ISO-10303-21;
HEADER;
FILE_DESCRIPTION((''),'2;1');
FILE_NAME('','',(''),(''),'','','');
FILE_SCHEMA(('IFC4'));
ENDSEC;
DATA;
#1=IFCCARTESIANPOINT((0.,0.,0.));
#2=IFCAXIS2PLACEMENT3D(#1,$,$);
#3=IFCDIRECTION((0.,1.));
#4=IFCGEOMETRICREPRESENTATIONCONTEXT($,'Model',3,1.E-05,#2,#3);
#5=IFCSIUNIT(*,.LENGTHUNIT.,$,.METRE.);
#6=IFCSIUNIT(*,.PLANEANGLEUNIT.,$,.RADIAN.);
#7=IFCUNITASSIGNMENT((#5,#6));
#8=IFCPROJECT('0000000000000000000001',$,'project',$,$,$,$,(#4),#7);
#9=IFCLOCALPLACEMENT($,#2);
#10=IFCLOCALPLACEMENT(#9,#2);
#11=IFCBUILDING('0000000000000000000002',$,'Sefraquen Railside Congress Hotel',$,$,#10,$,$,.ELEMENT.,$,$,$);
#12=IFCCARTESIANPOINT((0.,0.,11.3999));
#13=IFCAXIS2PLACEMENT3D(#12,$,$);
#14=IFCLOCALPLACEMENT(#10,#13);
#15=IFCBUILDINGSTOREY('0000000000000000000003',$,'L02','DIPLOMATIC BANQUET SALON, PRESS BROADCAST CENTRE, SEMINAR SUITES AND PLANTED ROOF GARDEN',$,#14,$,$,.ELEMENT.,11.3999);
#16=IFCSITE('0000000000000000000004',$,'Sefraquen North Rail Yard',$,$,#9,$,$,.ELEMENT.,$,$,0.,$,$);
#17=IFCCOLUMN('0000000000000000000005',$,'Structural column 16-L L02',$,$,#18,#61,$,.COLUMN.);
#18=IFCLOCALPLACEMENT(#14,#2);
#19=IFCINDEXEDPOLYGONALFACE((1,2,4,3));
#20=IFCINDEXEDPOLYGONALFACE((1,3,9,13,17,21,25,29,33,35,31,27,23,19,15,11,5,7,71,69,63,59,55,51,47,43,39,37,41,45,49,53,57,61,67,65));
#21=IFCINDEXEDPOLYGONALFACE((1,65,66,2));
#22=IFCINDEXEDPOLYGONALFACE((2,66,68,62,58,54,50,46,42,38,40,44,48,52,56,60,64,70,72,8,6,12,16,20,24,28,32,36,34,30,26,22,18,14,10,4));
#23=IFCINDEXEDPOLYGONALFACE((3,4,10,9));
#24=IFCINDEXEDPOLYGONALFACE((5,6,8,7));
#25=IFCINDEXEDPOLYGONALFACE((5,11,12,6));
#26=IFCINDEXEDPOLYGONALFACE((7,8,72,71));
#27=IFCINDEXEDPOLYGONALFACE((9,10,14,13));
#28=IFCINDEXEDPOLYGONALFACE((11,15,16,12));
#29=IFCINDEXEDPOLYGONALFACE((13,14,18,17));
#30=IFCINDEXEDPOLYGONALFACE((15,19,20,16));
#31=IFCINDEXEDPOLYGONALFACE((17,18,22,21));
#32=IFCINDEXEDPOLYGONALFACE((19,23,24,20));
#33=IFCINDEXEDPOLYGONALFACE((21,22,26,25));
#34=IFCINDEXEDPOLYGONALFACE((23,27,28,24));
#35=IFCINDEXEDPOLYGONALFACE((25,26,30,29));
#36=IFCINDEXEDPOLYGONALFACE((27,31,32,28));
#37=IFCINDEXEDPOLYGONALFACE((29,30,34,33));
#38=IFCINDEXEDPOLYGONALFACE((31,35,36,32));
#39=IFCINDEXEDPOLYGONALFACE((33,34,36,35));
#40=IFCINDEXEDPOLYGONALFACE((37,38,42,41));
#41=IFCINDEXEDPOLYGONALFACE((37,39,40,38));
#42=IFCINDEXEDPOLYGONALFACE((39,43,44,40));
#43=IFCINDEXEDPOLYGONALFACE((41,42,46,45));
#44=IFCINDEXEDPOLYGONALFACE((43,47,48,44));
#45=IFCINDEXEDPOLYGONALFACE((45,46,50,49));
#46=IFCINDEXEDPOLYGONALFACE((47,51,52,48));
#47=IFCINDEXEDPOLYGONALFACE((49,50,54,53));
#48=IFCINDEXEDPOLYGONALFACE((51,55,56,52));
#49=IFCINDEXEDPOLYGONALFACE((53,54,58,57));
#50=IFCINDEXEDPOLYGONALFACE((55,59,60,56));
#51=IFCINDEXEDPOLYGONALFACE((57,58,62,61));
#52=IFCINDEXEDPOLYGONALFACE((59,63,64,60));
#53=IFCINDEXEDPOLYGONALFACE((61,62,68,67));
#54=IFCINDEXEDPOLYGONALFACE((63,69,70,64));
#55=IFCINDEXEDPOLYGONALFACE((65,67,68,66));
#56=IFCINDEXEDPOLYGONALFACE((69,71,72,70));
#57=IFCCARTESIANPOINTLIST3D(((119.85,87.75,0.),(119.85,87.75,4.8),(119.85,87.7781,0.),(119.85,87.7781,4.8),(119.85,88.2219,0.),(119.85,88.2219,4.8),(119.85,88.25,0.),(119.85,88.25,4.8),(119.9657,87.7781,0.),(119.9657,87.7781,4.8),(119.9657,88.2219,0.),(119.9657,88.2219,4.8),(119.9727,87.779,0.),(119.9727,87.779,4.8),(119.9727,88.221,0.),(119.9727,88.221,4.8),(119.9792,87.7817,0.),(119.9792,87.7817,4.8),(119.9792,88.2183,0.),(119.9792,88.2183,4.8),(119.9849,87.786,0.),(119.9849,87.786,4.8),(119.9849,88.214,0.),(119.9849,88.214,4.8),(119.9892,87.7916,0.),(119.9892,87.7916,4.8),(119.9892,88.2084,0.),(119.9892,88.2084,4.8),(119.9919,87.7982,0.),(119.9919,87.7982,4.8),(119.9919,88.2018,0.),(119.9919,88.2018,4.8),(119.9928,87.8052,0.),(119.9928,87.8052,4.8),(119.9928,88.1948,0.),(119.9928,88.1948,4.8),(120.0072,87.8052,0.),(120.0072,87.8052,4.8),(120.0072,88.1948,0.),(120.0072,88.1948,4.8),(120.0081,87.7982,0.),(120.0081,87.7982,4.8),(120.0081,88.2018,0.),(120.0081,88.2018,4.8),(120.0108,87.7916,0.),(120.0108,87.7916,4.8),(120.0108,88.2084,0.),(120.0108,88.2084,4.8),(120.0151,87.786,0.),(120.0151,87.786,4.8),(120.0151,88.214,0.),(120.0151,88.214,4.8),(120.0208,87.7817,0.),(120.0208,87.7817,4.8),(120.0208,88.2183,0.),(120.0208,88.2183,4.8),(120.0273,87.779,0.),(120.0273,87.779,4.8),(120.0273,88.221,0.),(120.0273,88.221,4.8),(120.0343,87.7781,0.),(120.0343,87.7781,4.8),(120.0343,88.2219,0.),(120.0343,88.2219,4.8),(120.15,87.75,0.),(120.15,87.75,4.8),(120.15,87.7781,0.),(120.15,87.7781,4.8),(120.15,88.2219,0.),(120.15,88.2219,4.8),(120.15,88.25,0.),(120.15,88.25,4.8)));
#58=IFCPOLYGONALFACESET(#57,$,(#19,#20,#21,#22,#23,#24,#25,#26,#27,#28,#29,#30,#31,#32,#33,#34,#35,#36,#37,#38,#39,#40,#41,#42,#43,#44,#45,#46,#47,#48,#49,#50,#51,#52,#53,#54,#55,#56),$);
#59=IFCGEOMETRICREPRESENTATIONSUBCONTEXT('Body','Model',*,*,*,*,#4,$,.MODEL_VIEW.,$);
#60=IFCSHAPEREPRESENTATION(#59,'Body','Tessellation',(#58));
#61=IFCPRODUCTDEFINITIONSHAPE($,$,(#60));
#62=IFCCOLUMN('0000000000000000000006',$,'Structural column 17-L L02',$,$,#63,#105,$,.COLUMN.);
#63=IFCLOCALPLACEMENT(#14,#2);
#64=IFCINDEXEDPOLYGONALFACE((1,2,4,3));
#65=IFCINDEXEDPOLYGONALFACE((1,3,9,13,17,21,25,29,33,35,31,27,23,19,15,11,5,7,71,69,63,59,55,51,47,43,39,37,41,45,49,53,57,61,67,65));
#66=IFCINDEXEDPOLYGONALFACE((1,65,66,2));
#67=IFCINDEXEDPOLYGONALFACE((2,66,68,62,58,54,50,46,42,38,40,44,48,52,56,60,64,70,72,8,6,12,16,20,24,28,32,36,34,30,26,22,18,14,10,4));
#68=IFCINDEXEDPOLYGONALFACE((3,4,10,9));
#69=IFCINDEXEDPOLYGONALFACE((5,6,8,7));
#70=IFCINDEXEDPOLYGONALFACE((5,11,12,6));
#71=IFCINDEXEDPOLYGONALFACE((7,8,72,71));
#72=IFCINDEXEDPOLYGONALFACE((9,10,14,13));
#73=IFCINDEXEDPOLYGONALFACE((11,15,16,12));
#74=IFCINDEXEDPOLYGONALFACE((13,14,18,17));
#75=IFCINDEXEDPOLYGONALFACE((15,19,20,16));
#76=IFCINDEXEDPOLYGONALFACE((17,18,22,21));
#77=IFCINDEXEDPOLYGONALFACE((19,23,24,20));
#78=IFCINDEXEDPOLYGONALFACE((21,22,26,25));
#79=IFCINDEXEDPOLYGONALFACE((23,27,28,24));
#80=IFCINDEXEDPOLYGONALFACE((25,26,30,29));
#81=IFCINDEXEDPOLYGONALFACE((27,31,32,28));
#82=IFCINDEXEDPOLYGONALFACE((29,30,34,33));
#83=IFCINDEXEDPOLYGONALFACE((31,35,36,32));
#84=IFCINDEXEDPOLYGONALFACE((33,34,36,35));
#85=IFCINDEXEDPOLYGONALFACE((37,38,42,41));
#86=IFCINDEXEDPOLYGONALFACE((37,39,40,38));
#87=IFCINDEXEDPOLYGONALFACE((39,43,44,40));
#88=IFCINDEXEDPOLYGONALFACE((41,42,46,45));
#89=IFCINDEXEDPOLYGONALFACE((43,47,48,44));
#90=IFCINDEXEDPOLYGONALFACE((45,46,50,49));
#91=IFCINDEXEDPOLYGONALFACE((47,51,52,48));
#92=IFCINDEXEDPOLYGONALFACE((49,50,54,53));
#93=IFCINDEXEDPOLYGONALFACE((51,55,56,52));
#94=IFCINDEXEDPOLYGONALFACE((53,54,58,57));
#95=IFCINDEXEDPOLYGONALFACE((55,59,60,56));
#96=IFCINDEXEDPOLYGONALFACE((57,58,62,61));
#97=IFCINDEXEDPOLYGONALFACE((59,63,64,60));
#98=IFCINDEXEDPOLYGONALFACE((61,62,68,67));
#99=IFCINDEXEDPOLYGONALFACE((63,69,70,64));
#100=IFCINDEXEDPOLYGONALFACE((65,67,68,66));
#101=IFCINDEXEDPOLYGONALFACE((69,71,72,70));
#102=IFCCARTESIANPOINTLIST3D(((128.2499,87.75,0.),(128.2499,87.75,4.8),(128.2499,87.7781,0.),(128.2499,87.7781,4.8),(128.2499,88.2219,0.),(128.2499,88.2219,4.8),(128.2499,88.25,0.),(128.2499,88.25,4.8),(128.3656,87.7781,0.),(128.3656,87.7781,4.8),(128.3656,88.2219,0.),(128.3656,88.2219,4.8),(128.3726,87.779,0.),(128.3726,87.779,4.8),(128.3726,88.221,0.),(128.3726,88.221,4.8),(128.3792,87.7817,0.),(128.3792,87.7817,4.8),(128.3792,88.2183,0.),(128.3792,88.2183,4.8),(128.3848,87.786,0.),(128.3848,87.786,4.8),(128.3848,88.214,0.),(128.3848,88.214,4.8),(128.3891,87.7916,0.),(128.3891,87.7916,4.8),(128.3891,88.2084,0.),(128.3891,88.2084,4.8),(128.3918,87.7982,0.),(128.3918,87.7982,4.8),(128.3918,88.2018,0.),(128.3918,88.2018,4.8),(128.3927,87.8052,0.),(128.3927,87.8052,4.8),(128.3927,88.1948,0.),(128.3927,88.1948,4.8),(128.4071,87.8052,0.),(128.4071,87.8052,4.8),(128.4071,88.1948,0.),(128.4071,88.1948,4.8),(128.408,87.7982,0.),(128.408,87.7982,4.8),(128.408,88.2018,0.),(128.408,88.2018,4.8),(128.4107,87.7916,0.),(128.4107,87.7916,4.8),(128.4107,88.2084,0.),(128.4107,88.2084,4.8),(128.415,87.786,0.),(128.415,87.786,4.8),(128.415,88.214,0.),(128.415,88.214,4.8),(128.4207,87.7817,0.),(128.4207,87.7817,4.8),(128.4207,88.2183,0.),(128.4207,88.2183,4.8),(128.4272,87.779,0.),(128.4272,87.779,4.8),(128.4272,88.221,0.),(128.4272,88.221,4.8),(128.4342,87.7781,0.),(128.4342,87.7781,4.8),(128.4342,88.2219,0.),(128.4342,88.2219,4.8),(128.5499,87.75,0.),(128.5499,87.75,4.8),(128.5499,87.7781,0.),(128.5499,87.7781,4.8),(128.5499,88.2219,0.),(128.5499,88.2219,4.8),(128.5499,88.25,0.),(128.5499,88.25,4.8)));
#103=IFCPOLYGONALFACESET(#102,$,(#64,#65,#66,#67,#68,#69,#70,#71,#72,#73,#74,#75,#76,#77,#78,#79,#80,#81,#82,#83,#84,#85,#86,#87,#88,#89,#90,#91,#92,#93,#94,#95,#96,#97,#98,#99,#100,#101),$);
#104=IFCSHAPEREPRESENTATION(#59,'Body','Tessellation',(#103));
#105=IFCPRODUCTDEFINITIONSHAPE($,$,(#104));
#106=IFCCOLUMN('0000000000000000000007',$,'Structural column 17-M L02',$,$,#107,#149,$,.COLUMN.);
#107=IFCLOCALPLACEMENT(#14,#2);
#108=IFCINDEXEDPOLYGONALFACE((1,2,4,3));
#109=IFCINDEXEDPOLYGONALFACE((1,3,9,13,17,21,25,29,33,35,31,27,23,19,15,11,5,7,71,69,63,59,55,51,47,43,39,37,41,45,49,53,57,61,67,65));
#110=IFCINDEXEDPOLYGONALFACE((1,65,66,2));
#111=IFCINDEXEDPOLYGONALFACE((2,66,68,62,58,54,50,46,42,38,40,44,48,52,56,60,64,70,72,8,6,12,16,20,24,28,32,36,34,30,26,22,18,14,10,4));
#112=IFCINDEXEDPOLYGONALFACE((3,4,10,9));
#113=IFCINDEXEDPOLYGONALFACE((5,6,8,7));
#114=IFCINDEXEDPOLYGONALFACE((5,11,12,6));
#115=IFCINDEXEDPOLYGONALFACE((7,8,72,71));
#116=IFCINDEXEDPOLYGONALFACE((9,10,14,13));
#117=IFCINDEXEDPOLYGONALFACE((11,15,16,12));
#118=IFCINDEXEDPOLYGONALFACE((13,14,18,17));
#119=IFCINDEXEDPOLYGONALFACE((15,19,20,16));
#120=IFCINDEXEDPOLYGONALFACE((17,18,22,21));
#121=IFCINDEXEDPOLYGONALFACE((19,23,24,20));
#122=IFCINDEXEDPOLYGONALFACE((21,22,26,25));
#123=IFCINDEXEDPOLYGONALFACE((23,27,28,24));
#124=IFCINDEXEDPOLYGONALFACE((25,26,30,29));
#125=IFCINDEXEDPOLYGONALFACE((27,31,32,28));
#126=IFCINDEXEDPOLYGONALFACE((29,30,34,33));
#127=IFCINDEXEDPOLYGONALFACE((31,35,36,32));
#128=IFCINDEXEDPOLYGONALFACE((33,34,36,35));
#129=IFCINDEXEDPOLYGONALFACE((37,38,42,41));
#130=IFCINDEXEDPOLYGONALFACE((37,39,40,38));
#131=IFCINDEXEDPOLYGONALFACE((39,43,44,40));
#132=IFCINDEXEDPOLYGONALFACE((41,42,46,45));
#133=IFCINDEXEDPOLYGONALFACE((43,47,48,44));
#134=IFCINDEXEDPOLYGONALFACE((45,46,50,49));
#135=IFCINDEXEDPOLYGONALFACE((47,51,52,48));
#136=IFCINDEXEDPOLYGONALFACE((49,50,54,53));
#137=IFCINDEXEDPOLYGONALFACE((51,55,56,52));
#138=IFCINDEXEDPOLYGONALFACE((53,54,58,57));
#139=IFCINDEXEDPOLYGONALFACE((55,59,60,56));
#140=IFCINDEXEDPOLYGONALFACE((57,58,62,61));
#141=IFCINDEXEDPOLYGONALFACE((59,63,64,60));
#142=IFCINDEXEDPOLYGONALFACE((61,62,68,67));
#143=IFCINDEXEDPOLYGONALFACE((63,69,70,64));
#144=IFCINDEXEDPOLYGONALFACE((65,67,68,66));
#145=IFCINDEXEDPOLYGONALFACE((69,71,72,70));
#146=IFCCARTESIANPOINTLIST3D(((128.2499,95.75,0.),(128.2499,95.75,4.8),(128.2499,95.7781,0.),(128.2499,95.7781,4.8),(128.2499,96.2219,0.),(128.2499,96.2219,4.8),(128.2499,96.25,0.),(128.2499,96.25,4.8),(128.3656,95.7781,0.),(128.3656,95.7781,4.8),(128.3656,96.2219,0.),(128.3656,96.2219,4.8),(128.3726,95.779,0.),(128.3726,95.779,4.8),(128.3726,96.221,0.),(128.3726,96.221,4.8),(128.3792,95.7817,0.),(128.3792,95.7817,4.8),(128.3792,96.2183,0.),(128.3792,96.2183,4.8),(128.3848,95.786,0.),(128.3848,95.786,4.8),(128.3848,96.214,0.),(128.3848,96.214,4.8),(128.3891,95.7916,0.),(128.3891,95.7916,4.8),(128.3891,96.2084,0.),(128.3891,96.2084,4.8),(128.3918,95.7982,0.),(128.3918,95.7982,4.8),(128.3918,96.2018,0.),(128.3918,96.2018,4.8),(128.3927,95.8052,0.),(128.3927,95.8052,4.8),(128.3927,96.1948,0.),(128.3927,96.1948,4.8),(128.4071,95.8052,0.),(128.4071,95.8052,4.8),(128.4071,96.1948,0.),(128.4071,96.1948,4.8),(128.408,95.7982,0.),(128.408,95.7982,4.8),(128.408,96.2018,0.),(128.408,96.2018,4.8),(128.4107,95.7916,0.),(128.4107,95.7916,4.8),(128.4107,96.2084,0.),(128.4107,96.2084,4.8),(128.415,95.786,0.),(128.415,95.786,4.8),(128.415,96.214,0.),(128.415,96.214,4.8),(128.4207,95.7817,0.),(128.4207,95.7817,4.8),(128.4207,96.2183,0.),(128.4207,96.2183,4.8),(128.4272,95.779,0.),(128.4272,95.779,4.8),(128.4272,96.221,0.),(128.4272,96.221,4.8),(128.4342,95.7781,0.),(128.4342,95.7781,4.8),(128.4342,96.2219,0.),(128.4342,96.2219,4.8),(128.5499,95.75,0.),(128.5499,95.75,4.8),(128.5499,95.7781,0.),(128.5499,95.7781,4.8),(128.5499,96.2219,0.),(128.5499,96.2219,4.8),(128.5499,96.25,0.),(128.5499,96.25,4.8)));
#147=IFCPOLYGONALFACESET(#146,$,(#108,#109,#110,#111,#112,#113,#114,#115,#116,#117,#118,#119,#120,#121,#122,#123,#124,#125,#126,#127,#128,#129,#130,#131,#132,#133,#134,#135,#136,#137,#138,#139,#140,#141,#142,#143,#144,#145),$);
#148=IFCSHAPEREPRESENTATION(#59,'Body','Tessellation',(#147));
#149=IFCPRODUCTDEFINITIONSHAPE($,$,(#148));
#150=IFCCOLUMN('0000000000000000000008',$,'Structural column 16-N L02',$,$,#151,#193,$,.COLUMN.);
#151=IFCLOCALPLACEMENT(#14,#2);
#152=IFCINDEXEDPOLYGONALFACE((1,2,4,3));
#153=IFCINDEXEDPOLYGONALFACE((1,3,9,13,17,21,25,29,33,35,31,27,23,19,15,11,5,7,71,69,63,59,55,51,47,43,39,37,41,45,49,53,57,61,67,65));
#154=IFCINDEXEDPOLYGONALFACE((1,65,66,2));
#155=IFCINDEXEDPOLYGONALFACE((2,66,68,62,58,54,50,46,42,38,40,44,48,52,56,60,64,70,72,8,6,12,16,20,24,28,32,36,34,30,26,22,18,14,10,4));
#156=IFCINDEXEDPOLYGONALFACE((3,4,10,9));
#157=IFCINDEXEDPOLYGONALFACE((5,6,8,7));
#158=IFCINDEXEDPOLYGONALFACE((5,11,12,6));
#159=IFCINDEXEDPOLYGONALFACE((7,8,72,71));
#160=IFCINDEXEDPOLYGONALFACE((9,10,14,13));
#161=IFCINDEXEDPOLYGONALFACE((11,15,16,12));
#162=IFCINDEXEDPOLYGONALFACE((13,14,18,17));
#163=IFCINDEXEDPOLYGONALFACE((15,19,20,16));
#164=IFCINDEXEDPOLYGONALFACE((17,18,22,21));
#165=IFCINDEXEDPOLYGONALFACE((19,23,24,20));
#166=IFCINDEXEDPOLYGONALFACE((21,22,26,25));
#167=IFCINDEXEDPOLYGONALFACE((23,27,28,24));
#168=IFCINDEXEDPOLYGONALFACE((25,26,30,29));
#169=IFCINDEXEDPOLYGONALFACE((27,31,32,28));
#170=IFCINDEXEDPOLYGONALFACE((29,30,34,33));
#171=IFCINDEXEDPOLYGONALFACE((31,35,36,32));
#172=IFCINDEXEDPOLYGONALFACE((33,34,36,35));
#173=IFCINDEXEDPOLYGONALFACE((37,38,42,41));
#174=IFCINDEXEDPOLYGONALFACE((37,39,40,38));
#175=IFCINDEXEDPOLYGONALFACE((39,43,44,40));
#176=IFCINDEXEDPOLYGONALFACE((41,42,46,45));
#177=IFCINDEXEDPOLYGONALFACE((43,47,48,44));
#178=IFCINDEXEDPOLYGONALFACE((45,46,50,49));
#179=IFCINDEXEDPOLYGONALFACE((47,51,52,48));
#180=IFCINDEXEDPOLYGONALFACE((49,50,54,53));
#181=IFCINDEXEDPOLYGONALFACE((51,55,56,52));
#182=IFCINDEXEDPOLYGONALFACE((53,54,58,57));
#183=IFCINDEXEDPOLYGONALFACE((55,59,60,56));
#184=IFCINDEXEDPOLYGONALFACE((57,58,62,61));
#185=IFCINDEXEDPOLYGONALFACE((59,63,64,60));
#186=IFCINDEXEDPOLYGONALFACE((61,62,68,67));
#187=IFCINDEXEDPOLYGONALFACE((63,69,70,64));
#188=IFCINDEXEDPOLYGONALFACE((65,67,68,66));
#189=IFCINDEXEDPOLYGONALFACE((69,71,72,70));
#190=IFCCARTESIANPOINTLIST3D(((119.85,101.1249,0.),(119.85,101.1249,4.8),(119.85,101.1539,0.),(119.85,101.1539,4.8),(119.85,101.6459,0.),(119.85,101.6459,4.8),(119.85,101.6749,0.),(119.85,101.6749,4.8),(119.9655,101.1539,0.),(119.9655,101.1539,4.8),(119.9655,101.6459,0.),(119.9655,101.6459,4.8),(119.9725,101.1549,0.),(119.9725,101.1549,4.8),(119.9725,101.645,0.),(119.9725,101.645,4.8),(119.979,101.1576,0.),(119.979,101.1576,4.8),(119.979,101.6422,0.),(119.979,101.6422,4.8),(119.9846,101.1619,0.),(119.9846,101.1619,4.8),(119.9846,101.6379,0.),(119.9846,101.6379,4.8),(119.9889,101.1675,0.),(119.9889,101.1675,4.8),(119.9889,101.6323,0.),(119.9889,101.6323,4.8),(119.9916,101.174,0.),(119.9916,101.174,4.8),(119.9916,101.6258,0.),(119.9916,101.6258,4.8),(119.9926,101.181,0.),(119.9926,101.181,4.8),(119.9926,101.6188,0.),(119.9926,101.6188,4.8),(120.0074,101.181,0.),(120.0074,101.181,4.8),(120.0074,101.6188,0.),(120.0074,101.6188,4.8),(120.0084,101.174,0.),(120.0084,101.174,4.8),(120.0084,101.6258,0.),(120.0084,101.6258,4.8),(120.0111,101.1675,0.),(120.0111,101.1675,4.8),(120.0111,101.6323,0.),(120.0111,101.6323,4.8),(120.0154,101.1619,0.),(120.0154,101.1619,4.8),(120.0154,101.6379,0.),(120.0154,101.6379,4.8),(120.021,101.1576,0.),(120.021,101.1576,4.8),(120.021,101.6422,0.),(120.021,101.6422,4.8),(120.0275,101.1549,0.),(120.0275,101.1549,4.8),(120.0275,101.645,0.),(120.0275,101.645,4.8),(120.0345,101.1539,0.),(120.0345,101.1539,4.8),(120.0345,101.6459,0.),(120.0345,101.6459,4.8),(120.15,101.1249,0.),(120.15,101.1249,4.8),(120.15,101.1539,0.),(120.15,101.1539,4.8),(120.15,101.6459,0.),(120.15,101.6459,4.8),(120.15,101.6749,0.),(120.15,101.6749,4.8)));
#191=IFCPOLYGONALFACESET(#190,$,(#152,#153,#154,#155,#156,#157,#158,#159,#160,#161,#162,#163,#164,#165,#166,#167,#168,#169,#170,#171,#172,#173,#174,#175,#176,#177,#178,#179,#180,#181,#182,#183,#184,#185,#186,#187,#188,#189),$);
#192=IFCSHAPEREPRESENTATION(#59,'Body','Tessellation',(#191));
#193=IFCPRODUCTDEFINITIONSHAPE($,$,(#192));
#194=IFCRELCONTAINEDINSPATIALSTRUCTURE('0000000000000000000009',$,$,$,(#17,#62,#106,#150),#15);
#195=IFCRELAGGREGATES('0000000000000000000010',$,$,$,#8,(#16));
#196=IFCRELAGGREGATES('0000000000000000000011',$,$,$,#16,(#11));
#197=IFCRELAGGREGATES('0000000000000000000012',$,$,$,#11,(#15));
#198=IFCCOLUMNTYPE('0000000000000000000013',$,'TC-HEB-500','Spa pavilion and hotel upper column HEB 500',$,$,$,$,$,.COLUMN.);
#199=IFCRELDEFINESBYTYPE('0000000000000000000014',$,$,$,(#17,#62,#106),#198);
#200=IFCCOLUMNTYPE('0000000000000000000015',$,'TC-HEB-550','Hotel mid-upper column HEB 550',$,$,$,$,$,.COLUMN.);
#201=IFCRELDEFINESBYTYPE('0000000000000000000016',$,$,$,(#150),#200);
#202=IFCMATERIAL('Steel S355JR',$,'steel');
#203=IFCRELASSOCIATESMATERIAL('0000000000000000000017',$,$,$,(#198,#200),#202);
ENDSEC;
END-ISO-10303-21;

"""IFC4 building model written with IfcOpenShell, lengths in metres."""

from ifc_helpers import new_model, si_unit, direction, frame, origin, origin_2d, place, context, subcontext, project, spatial, i_section, extrude, material, material_profile, profile_set, type_object, element, save


model = new_model("IFC4")

# Units and contexts
model_context = context("Model", 3, precision=1e-05, world=origin(), true_north=direction((0.0, 1.0)))
body_context = subcontext(model_context, "Body", "Model", "MODEL_VIEW")
ifc_project = project(units=[si_unit("LENGTHUNIT", "METRE"), si_unit("PLANEANGLEUNIT", "RADIAN")], contexts=[model_context])

# Site, building, storey
site_placement = place(None, origin())
site = spatial("IfcSite", under=ifc_project, at=site_placement, Name="Sefraquen North Rail Yard", CompositionType="ELEMENT", RefElevation=0.0)
building_placement = place(site_placement, origin())
building = spatial("IfcBuilding", under=site, at=building_placement, Name="Sefraquen Railside Congress Hotel", CompositionType="ELEMENT")
storey_placement = place(building_placement, frame((0.0, 0.0, 11.3999)))
storey = spatial("IfcBuildingStorey", under=building, at=storey_placement, Name="L02", Description="DIPLOMATIC BANQUET SALON, PRESS BROADCAST CENTRE, SEMINAR SUITES AND PLANTED ROOF GARDEN", CompositionType="ELEMENT", Elevation=11.3999)

# Columns
ifc_material_1 = material(Name="Steel S355JR", Category="steel")
ifc_material_profile_1 = material_profile(ifc_material_1, i_section(OverallWidth=0.3, OverallDepth=0.5, WebThickness=0.0144, FlangeThickness=0.0281, FilletRadius=0.0271, at=origin_2d()), Name="HEB 500")
ifc_profile_set_1 = profile_set([ifc_material_profile_1], Name="Steel S355JR")
column_type_1 = type_object("IfcColumnType", Name="TC-HEB-500", Description="Spa pavilion and hotel upper column HEB 500", PredefinedType="COLUMN", material=ifc_profile_set_1)
for number, where, z_axis, x_axis, name in (
    (1, (120.0, 88.0, 0.0), (0.0, 0.0, 1.0), (1.0, 0.0, 0.0), "Structural column 16-L L02"),
    (2, (128.3999, 88.0, 0.0), (0.0, 0.0, 1.0), (1.0, 0.0, 0.0), "Structural column 17-L L02"),
    (3, (128.3999, 96.0, 0.0), (0.0, 0.0, 1.0), (1.0, 0.0, 0.0), "Structural column 17-M L02"),
):
    element("IfcColumn", number, at=place(storey_placement, frame(where, z_axis=z_axis, x_axis=x_axis)), inside=storey, type_object=column_type_1, Name=name, PredefinedType="COLUMN", context=body_context, shape_type="SweptSolid", body=[
        extrude(i_section(OverallWidth=0.3, OverallDepth=0.5, WebThickness=0.0144, FlangeThickness=0.0281, FilletRadius=0.0271, at=origin_2d()), origin(), (0.0, 0.0, 1.0), 4.8),
    ])
ifc_material_profile_2 = material_profile(ifc_material_1, i_section(OverallWidth=0.3, OverallDepth=0.55, WebThickness=0.0149, FlangeThickness=0.0291, FilletRadius=0.0271, at=origin_2d()), Name="HEB 550")
ifc_profile_set_2 = profile_set([ifc_material_profile_2], Name="Steel S355JR")
column_type_2 = type_object("IfcColumnType", Name="TC-HEB-550", Description="Hotel mid-upper column HEB 550", PredefinedType="COLUMN", material=ifc_profile_set_2)
for number, where, z_axis, x_axis, name in (
    (4, (120.0, 101.3999, 0.0), (0.0, 0.0, 1.0), (1.0, 0.0, 0.0), "Structural column 16-N L02"),
):
    element("IfcColumn", number, at=place(storey_placement, frame(where, z_axis=z_axis, x_axis=x_axis)), inside=storey, type_object=column_type_2, Name=name, PredefinedType="COLUMN", context=body_context, shape_type="SweptSolid", body=[
        extrude(i_section(OverallWidth=0.3, OverallDepth=0.55, WebThickness=0.0149, FlangeThickness=0.0291, FilletRadius=0.0271, at=origin_2d()), origin(), (0.0, 0.0, 1.0), 4.8),
    ])

save(model, "model.ifc")
